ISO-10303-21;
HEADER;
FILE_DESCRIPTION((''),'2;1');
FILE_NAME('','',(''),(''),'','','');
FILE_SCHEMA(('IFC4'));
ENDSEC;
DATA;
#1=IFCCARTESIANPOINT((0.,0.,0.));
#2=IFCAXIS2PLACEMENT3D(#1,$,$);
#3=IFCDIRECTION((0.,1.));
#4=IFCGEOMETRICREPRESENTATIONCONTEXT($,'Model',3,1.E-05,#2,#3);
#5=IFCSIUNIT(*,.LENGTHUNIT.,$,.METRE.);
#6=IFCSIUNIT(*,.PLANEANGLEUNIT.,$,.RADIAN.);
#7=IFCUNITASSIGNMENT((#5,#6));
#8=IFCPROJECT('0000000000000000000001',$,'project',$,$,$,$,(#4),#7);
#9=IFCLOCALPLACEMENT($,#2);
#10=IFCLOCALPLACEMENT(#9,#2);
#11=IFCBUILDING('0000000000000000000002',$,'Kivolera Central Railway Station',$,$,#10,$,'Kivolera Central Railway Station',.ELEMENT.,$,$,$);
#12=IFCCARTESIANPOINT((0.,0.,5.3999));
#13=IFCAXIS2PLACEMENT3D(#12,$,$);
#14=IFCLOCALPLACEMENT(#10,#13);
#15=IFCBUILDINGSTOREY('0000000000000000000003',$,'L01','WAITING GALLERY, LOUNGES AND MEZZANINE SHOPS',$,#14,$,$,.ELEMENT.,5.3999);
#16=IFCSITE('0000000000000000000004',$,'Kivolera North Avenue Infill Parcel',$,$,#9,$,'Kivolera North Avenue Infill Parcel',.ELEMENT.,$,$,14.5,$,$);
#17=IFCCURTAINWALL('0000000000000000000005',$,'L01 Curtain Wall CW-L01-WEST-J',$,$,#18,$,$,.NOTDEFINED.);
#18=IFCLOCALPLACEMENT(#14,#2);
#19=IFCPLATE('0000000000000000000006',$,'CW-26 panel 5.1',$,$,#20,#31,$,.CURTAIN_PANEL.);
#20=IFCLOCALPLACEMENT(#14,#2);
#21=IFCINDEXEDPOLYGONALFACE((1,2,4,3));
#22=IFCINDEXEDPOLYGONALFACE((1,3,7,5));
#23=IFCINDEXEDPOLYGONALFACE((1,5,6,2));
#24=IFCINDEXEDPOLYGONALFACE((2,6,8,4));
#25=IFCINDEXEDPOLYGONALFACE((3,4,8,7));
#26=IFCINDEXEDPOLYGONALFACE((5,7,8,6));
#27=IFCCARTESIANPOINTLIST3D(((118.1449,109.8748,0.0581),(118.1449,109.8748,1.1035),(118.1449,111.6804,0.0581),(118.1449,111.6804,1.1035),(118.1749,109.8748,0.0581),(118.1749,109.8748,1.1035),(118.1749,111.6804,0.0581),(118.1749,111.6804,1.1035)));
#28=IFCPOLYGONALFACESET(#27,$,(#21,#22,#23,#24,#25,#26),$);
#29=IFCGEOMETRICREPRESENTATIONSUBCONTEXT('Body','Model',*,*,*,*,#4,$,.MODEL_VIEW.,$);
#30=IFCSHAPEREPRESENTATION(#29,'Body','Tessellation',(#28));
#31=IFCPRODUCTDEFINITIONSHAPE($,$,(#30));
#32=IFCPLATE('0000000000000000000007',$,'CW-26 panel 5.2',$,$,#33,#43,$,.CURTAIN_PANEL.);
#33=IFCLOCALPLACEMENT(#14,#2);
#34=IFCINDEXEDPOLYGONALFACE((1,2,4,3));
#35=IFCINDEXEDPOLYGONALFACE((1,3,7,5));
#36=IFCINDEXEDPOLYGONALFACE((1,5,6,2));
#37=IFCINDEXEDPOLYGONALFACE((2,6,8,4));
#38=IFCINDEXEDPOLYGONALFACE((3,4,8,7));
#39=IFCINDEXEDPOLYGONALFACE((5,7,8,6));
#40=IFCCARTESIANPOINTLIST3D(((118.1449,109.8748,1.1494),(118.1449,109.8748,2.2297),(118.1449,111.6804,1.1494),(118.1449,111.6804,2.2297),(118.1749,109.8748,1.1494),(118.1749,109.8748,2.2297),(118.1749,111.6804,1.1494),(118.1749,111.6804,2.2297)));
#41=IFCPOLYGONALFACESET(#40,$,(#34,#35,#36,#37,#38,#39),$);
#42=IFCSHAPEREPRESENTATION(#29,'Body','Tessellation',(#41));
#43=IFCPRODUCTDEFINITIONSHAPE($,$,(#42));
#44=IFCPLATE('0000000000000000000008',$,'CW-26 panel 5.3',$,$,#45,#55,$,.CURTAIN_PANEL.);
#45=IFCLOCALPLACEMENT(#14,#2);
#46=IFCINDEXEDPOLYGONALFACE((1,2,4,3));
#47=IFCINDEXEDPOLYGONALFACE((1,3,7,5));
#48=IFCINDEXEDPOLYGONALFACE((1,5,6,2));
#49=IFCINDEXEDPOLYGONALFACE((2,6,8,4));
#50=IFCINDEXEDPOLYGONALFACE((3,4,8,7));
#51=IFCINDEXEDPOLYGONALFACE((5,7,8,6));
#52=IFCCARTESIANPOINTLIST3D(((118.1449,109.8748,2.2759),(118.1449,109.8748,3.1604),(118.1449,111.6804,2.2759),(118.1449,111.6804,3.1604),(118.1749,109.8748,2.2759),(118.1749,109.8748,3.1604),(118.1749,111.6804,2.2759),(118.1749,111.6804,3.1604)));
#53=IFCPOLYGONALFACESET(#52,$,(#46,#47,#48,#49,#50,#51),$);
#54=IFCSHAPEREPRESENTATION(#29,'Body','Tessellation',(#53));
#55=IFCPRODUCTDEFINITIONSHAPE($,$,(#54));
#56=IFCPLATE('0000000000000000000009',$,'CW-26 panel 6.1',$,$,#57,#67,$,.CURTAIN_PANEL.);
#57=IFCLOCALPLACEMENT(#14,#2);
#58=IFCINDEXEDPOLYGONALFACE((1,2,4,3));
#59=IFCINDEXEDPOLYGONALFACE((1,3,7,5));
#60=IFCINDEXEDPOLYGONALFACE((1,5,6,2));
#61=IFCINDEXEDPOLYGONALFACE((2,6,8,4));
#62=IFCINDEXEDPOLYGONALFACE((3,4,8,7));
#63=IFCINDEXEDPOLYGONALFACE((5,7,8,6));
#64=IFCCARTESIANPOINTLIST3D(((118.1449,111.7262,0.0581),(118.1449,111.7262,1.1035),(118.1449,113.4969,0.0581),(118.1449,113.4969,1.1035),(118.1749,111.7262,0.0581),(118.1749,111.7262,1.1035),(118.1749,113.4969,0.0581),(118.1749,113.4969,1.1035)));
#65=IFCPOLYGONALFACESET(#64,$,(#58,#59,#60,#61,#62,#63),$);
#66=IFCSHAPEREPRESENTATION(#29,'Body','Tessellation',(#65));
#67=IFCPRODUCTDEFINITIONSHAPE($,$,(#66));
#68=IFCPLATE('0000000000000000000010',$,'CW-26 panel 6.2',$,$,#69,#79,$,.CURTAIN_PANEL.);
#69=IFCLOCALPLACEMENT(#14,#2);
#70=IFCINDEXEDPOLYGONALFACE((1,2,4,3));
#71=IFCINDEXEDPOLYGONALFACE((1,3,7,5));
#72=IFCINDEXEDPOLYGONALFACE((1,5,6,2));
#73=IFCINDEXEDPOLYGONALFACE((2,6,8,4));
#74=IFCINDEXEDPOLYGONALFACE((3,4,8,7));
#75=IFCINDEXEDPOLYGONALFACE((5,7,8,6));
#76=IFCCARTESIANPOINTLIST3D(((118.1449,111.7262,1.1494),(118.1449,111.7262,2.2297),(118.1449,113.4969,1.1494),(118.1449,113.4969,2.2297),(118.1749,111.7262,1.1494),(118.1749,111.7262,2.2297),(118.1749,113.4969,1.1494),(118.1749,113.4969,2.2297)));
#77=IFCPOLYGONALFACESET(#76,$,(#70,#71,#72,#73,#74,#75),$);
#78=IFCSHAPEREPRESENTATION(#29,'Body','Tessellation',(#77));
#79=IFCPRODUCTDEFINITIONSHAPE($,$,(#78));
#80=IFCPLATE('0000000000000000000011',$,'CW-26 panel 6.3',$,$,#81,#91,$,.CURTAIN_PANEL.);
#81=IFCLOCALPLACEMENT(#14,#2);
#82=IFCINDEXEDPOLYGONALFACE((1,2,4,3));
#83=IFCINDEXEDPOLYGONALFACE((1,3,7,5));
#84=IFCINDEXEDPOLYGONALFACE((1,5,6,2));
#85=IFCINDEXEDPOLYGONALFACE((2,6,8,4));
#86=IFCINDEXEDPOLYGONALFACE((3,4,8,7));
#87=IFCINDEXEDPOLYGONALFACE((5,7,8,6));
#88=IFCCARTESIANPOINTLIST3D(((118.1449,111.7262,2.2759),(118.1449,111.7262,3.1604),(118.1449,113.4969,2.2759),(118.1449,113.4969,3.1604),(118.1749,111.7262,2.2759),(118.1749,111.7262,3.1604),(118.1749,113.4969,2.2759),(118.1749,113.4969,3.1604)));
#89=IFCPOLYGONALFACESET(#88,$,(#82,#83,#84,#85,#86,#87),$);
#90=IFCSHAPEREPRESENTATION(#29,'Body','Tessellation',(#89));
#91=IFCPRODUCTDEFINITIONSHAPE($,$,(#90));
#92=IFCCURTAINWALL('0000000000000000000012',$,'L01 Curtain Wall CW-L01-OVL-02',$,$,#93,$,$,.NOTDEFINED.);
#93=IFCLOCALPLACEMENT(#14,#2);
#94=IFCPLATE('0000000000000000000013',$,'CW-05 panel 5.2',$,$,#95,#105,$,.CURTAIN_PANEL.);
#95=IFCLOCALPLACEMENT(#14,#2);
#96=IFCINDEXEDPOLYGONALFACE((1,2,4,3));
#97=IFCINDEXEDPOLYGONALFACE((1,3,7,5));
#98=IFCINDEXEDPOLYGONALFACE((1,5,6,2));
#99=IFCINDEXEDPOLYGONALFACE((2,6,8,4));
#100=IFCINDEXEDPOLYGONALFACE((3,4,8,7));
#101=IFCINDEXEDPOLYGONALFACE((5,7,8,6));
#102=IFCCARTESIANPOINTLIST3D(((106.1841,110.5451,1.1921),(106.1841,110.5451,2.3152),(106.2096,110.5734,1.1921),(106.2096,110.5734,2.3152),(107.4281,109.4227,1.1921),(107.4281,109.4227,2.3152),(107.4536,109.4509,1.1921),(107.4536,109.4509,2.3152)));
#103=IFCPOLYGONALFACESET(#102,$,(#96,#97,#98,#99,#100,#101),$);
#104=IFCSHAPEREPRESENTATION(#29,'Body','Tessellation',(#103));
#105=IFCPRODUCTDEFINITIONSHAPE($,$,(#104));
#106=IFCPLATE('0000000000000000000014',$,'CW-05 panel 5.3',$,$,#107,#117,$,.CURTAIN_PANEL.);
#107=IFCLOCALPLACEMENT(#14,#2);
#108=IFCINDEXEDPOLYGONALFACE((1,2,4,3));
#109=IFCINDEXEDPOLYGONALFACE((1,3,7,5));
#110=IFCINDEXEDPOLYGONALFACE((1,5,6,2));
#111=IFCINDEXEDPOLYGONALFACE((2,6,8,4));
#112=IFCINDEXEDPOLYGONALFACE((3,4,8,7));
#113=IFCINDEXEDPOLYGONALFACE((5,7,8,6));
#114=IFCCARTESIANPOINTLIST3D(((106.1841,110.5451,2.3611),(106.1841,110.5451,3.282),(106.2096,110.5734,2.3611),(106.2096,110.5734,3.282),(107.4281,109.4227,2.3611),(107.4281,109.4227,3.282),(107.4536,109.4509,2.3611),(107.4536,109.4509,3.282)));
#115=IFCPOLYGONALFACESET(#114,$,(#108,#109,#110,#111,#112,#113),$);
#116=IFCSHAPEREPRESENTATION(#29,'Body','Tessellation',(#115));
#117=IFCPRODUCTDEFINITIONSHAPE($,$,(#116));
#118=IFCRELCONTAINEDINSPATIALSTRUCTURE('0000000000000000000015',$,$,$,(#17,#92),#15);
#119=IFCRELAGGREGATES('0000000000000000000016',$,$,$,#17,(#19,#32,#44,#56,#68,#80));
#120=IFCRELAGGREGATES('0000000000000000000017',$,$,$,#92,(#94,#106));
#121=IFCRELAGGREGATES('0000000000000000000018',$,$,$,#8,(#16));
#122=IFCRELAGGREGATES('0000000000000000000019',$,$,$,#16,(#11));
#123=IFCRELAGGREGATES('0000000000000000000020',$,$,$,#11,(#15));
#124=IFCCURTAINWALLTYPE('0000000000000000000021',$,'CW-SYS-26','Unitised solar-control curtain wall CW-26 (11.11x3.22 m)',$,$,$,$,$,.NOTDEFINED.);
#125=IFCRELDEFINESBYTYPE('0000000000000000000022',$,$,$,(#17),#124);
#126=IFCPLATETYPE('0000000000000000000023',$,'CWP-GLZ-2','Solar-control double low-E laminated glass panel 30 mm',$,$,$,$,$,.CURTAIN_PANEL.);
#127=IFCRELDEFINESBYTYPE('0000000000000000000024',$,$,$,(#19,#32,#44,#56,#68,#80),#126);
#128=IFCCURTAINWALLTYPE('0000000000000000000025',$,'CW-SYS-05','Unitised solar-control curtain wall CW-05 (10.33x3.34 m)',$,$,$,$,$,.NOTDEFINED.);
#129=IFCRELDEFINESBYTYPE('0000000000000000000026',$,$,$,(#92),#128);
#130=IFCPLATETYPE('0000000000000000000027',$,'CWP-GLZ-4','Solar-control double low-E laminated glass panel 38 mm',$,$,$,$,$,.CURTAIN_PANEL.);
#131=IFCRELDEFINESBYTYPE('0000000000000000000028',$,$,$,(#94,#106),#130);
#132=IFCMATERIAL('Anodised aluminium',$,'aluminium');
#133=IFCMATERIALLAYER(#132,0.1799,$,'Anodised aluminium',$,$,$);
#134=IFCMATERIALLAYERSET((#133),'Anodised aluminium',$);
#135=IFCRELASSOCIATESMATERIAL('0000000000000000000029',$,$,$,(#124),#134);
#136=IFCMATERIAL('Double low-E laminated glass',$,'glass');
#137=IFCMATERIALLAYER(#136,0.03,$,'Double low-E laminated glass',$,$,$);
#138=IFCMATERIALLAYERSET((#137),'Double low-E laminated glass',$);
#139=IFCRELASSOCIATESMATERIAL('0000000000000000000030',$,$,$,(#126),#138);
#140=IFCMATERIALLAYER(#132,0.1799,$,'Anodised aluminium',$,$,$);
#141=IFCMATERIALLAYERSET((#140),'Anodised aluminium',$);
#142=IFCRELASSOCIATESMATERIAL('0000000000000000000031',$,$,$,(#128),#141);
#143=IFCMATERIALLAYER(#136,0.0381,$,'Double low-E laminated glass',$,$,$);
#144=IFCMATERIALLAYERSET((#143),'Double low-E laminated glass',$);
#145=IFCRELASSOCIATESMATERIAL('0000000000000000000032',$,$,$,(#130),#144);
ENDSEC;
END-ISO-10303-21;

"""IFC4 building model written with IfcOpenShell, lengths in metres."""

from ifc_helpers import new_model, si_unit, direction, frame, origin, origin_2d, place, context, subcontext, project, spatial, rectangle, extrude, material, layer, layer_set, type_object, element, aggregate, save


model = new_model("IFC4")

# Units and contexts
model_context = context("Model", 3, precision=1e-05, world=origin(), true_north=direction((0.0, 1.0)))
body_context = subcontext(model_context, "Body", "Model", "MODEL_VIEW")
ifc_project = project(units=[si_unit("LENGTHUNIT", "METRE"), si_unit("PLANEANGLEUNIT", "RADIAN")], contexts=[model_context])

# Site, building, storey
site_placement = place(None, origin())
site = spatial("IfcSite", under=ifc_project, at=site_placement, Name="Kivolera North Avenue Infill Parcel", LongName="Kivolera North Avenue Infill Parcel", CompositionType="ELEMENT", RefElevation=14.5)
building_placement = place(site_placement, origin())
building = spatial("IfcBuilding", under=site, at=building_placement, Name="Kivolera Central Railway Station", LongName="Kivolera Central Railway Station", CompositionType="ELEMENT")
storey_placement = place(building_placement, frame((0.0, 0.0, 5.3999)))
storey = spatial("IfcBuildingStorey", under=building, at=storey_placement, Name="L01", Description="WAITING GALLERY, LOUNGES AND MEZZANINE SHOPS", CompositionType="ELEMENT", Elevation=5.3999)

# Curtain wall
ifc_material_1 = material(Name="Anodised aluminium", Category="aluminium")
ifc_layer_1 = layer(ifc_material_1, 0.1799, Name="Anodised aluminium")
ifc_layer_set_1 = layer_set([ifc_layer_1], Name="Anodised aluminium")
curtain_wall_type_1 = type_object("IfcCurtainWallType", Name="CW-SYS-26", Description="Unitised solar-control curtain wall CW-26 (11.11x3.22 m)", PredefinedType="NOTDEFINED", material=ifc_layer_set_1)
curtain_wall_1_placement = place(storey_placement, origin())
curtain_wall_1 = element("IfcCurtainWall", 1, at=curtain_wall_1_placement, inside=storey, type_object=curtain_wall_type_1, Name="L01 Curtain Wall CW-L01-WEST-J", PredefinedType="NOTDEFINED")

# Plates
ifc_material_2 = material(Name="Double low-E laminated glass", Category="glass")
ifc_layer_2 = layer(ifc_material_2, 0.03, Name="Double low-E laminated glass")
ifc_layer_set_2 = layer_set([ifc_layer_2], Name="Double low-E laminated glass")
plate_type_1 = type_object("IfcPlateType", Name="CWP-GLZ-2", Description="Solar-control double low-E laminated glass panel 30 mm", PredefinedType="CURTAIN_PANEL", material=ifc_layer_set_2)
plate_1_placement = place(storey_placement, frame((118.1599, 110.7776, 0.0581), z_axis=(0.0, 0.0, 1.0), x_axis=(0.0, 1.0, 0.0)))
plate_1 = element("IfcPlate", 2, at=plate_1_placement, type_object=plate_type_1, Name="CW-26 panel 5.1", PredefinedType="CURTAIN_PANEL", context=body_context, shape_type="SweptSolid", body=[
    extrude(rectangle(XDim=1.8057, YDim=0.03, at=origin_2d()), origin(), (0.0, 0.0, 1.0), 1.0454),
])
plate_2_placement = place(storey_placement, frame((118.1599, 110.7776, 1.1494), z_axis=(0.0, 0.0, 1.0), x_axis=(0.0, 1.0, 0.0)))
plate_2 = element("IfcPlate", 3, at=plate_2_placement, type_object=plate_type_1, Name="CW-26 panel 5.2", PredefinedType="CURTAIN_PANEL", context=body_context, shape_type="SweptSolid", body=[
    extrude(rectangle(XDim=1.8057, YDim=0.03, at=origin_2d()), origin(), (0.0, 0.0, 1.0), 1.0803),
])
plate_3_placement = place(storey_placement, frame((118.1599, 110.7776, 2.2759), z_axis=(0.0, 0.0, 1.0), x_axis=(0.0, 1.0, 0.0)))
plate_3 = element("IfcPlate", 4, at=plate_3_placement, type_object=plate_type_1, Name="CW-26 panel 5.3", PredefinedType="CURTAIN_PANEL", context=body_context, shape_type="SweptSolid", body=[
    extrude(rectangle(XDim=1.8057, YDim=0.03, at=origin_2d()), origin(), (0.0, 0.0, 1.0), 0.8845),
])
plate_4_placement = place(storey_placement, frame((118.1599, 112.6116, 0.0581), z_axis=(0.0, 0.0, 1.0), x_axis=(0.0, 1.0, 0.0)))
plate_4 = element("IfcPlate", 5, at=plate_4_placement, type_object=plate_type_1, Name="CW-26 panel 6.1", PredefinedType="CURTAIN_PANEL", context=body_context, shape_type="SweptSolid", body=[
    extrude(rectangle(XDim=1.7708, YDim=0.03, at=origin_2d()), origin(), (0.0, 0.0, 1.0), 1.0454),
])
plate_5_placement = place(storey_placement, frame((118.1599, 112.6116, 1.1494), z_axis=(0.0, 0.0, 1.0), x_axis=(0.0, 1.0, 0.0)))
plate_5 = element("IfcPlate", 6, at=plate_5_placement, type_object=plate_type_1, Name="CW-26 panel 6.2", PredefinedType="CURTAIN_PANEL", context=body_context, shape_type="SweptSolid", body=[
    extrude(rectangle(XDim=1.7708, YDim=0.03, at=origin_2d()), origin(), (0.0, 0.0, 1.0), 1.0803),
])
plate_6_placement = place(storey_placement, frame((118.1599, 112.6116, 2.2759), z_axis=(0.0, 0.0, 1.0), x_axis=(0.0, 1.0, 0.0)))
plate_6 = element("IfcPlate", 7, at=plate_6_placement, type_object=plate_type_1, Name="CW-26 panel 6.3", PredefinedType="CURTAIN_PANEL", context=body_context, shape_type="SweptSolid", body=[
    extrude(rectangle(XDim=1.7708, YDim=0.03, at=origin_2d()), origin(), (0.0, 0.0, 1.0), 0.8845),
])
aggregate(curtain_wall_1, [plate_1, plate_2, plate_3, plate_4, plate_5, plate_6])

# Curtain wall, plates
ifc_layer_3 = layer(ifc_material_1, 0.1799, Name="Anodised aluminium")
ifc_layer_set_3 = layer_set([ifc_layer_3], Name="Anodised aluminium")
curtain_wall_type_2 = type_object("IfcCurtainWallType", Name="CW-SYS-05", Description="Unitised solar-control curtain wall CW-05 (10.33x3.34 m)", PredefinedType="NOTDEFINED", material=ifc_layer_set_3)
curtain_wall_2_placement = place(storey_placement, origin())
curtain_wall_2 = element("IfcCurtainWall", 8, at=curtain_wall_2_placement, inside=storey, type_object=curtain_wall_type_2, Name="L01 Curtain Wall CW-L01-OVL-02", PredefinedType="NOTDEFINED")
ifc_layer_4 = layer(ifc_material_2, 0.0381, Name="Double low-E laminated glass")
ifc_layer_set_4 = layer_set([ifc_layer_4], Name="Double low-E laminated glass")
plate_type_2 = type_object("IfcPlateType", Name="CWP-GLZ-4", Description="Solar-control double low-E laminated glass panel 38 mm", PredefinedType="CURTAIN_PANEL", material=ifc_layer_set_4)
plate_7_placement = place(storey_placement, frame((106.8188, 109.998, 1.1921), z_axis=(0.0, 0.0, 1.0), x_axis=(0.742432, -0.669922, 0.0)))
plate_7 = element("IfcPlate", 9, at=plate_7_placement, type_object=plate_type_2, Name="CW-05 panel 5.2", PredefinedType="CURTAIN_PANEL", context=body_context, shape_type="SweptSolid", body=[
    extrude(rectangle(XDim=1.6755, YDim=0.0381, at=origin_2d()), origin(), (0.0, 0.0, 1.0), 1.123),
])
plate_8_placement = place(storey_placement, frame((106.8188, 109.998, 2.3611), z_axis=(0.0, 0.0, 1.0), x_axis=(0.742432, -0.669922, 0.0)))
plate_8 = element("IfcPlate", 10, at=plate_8_placement, type_object=plate_type_2, Name="CW-05 panel 5.3", PredefinedType="CURTAIN_PANEL", context=body_context, shape_type="SweptSolid", body=[
    extrude(rectangle(XDim=1.6755, YDim=0.0381, at=origin_2d()), origin(), (0.0, 0.0, 1.0), 0.9209),
])
aggregate(curtain_wall_2, [plate_7, plate_8])

save(model, "model.ifc")
